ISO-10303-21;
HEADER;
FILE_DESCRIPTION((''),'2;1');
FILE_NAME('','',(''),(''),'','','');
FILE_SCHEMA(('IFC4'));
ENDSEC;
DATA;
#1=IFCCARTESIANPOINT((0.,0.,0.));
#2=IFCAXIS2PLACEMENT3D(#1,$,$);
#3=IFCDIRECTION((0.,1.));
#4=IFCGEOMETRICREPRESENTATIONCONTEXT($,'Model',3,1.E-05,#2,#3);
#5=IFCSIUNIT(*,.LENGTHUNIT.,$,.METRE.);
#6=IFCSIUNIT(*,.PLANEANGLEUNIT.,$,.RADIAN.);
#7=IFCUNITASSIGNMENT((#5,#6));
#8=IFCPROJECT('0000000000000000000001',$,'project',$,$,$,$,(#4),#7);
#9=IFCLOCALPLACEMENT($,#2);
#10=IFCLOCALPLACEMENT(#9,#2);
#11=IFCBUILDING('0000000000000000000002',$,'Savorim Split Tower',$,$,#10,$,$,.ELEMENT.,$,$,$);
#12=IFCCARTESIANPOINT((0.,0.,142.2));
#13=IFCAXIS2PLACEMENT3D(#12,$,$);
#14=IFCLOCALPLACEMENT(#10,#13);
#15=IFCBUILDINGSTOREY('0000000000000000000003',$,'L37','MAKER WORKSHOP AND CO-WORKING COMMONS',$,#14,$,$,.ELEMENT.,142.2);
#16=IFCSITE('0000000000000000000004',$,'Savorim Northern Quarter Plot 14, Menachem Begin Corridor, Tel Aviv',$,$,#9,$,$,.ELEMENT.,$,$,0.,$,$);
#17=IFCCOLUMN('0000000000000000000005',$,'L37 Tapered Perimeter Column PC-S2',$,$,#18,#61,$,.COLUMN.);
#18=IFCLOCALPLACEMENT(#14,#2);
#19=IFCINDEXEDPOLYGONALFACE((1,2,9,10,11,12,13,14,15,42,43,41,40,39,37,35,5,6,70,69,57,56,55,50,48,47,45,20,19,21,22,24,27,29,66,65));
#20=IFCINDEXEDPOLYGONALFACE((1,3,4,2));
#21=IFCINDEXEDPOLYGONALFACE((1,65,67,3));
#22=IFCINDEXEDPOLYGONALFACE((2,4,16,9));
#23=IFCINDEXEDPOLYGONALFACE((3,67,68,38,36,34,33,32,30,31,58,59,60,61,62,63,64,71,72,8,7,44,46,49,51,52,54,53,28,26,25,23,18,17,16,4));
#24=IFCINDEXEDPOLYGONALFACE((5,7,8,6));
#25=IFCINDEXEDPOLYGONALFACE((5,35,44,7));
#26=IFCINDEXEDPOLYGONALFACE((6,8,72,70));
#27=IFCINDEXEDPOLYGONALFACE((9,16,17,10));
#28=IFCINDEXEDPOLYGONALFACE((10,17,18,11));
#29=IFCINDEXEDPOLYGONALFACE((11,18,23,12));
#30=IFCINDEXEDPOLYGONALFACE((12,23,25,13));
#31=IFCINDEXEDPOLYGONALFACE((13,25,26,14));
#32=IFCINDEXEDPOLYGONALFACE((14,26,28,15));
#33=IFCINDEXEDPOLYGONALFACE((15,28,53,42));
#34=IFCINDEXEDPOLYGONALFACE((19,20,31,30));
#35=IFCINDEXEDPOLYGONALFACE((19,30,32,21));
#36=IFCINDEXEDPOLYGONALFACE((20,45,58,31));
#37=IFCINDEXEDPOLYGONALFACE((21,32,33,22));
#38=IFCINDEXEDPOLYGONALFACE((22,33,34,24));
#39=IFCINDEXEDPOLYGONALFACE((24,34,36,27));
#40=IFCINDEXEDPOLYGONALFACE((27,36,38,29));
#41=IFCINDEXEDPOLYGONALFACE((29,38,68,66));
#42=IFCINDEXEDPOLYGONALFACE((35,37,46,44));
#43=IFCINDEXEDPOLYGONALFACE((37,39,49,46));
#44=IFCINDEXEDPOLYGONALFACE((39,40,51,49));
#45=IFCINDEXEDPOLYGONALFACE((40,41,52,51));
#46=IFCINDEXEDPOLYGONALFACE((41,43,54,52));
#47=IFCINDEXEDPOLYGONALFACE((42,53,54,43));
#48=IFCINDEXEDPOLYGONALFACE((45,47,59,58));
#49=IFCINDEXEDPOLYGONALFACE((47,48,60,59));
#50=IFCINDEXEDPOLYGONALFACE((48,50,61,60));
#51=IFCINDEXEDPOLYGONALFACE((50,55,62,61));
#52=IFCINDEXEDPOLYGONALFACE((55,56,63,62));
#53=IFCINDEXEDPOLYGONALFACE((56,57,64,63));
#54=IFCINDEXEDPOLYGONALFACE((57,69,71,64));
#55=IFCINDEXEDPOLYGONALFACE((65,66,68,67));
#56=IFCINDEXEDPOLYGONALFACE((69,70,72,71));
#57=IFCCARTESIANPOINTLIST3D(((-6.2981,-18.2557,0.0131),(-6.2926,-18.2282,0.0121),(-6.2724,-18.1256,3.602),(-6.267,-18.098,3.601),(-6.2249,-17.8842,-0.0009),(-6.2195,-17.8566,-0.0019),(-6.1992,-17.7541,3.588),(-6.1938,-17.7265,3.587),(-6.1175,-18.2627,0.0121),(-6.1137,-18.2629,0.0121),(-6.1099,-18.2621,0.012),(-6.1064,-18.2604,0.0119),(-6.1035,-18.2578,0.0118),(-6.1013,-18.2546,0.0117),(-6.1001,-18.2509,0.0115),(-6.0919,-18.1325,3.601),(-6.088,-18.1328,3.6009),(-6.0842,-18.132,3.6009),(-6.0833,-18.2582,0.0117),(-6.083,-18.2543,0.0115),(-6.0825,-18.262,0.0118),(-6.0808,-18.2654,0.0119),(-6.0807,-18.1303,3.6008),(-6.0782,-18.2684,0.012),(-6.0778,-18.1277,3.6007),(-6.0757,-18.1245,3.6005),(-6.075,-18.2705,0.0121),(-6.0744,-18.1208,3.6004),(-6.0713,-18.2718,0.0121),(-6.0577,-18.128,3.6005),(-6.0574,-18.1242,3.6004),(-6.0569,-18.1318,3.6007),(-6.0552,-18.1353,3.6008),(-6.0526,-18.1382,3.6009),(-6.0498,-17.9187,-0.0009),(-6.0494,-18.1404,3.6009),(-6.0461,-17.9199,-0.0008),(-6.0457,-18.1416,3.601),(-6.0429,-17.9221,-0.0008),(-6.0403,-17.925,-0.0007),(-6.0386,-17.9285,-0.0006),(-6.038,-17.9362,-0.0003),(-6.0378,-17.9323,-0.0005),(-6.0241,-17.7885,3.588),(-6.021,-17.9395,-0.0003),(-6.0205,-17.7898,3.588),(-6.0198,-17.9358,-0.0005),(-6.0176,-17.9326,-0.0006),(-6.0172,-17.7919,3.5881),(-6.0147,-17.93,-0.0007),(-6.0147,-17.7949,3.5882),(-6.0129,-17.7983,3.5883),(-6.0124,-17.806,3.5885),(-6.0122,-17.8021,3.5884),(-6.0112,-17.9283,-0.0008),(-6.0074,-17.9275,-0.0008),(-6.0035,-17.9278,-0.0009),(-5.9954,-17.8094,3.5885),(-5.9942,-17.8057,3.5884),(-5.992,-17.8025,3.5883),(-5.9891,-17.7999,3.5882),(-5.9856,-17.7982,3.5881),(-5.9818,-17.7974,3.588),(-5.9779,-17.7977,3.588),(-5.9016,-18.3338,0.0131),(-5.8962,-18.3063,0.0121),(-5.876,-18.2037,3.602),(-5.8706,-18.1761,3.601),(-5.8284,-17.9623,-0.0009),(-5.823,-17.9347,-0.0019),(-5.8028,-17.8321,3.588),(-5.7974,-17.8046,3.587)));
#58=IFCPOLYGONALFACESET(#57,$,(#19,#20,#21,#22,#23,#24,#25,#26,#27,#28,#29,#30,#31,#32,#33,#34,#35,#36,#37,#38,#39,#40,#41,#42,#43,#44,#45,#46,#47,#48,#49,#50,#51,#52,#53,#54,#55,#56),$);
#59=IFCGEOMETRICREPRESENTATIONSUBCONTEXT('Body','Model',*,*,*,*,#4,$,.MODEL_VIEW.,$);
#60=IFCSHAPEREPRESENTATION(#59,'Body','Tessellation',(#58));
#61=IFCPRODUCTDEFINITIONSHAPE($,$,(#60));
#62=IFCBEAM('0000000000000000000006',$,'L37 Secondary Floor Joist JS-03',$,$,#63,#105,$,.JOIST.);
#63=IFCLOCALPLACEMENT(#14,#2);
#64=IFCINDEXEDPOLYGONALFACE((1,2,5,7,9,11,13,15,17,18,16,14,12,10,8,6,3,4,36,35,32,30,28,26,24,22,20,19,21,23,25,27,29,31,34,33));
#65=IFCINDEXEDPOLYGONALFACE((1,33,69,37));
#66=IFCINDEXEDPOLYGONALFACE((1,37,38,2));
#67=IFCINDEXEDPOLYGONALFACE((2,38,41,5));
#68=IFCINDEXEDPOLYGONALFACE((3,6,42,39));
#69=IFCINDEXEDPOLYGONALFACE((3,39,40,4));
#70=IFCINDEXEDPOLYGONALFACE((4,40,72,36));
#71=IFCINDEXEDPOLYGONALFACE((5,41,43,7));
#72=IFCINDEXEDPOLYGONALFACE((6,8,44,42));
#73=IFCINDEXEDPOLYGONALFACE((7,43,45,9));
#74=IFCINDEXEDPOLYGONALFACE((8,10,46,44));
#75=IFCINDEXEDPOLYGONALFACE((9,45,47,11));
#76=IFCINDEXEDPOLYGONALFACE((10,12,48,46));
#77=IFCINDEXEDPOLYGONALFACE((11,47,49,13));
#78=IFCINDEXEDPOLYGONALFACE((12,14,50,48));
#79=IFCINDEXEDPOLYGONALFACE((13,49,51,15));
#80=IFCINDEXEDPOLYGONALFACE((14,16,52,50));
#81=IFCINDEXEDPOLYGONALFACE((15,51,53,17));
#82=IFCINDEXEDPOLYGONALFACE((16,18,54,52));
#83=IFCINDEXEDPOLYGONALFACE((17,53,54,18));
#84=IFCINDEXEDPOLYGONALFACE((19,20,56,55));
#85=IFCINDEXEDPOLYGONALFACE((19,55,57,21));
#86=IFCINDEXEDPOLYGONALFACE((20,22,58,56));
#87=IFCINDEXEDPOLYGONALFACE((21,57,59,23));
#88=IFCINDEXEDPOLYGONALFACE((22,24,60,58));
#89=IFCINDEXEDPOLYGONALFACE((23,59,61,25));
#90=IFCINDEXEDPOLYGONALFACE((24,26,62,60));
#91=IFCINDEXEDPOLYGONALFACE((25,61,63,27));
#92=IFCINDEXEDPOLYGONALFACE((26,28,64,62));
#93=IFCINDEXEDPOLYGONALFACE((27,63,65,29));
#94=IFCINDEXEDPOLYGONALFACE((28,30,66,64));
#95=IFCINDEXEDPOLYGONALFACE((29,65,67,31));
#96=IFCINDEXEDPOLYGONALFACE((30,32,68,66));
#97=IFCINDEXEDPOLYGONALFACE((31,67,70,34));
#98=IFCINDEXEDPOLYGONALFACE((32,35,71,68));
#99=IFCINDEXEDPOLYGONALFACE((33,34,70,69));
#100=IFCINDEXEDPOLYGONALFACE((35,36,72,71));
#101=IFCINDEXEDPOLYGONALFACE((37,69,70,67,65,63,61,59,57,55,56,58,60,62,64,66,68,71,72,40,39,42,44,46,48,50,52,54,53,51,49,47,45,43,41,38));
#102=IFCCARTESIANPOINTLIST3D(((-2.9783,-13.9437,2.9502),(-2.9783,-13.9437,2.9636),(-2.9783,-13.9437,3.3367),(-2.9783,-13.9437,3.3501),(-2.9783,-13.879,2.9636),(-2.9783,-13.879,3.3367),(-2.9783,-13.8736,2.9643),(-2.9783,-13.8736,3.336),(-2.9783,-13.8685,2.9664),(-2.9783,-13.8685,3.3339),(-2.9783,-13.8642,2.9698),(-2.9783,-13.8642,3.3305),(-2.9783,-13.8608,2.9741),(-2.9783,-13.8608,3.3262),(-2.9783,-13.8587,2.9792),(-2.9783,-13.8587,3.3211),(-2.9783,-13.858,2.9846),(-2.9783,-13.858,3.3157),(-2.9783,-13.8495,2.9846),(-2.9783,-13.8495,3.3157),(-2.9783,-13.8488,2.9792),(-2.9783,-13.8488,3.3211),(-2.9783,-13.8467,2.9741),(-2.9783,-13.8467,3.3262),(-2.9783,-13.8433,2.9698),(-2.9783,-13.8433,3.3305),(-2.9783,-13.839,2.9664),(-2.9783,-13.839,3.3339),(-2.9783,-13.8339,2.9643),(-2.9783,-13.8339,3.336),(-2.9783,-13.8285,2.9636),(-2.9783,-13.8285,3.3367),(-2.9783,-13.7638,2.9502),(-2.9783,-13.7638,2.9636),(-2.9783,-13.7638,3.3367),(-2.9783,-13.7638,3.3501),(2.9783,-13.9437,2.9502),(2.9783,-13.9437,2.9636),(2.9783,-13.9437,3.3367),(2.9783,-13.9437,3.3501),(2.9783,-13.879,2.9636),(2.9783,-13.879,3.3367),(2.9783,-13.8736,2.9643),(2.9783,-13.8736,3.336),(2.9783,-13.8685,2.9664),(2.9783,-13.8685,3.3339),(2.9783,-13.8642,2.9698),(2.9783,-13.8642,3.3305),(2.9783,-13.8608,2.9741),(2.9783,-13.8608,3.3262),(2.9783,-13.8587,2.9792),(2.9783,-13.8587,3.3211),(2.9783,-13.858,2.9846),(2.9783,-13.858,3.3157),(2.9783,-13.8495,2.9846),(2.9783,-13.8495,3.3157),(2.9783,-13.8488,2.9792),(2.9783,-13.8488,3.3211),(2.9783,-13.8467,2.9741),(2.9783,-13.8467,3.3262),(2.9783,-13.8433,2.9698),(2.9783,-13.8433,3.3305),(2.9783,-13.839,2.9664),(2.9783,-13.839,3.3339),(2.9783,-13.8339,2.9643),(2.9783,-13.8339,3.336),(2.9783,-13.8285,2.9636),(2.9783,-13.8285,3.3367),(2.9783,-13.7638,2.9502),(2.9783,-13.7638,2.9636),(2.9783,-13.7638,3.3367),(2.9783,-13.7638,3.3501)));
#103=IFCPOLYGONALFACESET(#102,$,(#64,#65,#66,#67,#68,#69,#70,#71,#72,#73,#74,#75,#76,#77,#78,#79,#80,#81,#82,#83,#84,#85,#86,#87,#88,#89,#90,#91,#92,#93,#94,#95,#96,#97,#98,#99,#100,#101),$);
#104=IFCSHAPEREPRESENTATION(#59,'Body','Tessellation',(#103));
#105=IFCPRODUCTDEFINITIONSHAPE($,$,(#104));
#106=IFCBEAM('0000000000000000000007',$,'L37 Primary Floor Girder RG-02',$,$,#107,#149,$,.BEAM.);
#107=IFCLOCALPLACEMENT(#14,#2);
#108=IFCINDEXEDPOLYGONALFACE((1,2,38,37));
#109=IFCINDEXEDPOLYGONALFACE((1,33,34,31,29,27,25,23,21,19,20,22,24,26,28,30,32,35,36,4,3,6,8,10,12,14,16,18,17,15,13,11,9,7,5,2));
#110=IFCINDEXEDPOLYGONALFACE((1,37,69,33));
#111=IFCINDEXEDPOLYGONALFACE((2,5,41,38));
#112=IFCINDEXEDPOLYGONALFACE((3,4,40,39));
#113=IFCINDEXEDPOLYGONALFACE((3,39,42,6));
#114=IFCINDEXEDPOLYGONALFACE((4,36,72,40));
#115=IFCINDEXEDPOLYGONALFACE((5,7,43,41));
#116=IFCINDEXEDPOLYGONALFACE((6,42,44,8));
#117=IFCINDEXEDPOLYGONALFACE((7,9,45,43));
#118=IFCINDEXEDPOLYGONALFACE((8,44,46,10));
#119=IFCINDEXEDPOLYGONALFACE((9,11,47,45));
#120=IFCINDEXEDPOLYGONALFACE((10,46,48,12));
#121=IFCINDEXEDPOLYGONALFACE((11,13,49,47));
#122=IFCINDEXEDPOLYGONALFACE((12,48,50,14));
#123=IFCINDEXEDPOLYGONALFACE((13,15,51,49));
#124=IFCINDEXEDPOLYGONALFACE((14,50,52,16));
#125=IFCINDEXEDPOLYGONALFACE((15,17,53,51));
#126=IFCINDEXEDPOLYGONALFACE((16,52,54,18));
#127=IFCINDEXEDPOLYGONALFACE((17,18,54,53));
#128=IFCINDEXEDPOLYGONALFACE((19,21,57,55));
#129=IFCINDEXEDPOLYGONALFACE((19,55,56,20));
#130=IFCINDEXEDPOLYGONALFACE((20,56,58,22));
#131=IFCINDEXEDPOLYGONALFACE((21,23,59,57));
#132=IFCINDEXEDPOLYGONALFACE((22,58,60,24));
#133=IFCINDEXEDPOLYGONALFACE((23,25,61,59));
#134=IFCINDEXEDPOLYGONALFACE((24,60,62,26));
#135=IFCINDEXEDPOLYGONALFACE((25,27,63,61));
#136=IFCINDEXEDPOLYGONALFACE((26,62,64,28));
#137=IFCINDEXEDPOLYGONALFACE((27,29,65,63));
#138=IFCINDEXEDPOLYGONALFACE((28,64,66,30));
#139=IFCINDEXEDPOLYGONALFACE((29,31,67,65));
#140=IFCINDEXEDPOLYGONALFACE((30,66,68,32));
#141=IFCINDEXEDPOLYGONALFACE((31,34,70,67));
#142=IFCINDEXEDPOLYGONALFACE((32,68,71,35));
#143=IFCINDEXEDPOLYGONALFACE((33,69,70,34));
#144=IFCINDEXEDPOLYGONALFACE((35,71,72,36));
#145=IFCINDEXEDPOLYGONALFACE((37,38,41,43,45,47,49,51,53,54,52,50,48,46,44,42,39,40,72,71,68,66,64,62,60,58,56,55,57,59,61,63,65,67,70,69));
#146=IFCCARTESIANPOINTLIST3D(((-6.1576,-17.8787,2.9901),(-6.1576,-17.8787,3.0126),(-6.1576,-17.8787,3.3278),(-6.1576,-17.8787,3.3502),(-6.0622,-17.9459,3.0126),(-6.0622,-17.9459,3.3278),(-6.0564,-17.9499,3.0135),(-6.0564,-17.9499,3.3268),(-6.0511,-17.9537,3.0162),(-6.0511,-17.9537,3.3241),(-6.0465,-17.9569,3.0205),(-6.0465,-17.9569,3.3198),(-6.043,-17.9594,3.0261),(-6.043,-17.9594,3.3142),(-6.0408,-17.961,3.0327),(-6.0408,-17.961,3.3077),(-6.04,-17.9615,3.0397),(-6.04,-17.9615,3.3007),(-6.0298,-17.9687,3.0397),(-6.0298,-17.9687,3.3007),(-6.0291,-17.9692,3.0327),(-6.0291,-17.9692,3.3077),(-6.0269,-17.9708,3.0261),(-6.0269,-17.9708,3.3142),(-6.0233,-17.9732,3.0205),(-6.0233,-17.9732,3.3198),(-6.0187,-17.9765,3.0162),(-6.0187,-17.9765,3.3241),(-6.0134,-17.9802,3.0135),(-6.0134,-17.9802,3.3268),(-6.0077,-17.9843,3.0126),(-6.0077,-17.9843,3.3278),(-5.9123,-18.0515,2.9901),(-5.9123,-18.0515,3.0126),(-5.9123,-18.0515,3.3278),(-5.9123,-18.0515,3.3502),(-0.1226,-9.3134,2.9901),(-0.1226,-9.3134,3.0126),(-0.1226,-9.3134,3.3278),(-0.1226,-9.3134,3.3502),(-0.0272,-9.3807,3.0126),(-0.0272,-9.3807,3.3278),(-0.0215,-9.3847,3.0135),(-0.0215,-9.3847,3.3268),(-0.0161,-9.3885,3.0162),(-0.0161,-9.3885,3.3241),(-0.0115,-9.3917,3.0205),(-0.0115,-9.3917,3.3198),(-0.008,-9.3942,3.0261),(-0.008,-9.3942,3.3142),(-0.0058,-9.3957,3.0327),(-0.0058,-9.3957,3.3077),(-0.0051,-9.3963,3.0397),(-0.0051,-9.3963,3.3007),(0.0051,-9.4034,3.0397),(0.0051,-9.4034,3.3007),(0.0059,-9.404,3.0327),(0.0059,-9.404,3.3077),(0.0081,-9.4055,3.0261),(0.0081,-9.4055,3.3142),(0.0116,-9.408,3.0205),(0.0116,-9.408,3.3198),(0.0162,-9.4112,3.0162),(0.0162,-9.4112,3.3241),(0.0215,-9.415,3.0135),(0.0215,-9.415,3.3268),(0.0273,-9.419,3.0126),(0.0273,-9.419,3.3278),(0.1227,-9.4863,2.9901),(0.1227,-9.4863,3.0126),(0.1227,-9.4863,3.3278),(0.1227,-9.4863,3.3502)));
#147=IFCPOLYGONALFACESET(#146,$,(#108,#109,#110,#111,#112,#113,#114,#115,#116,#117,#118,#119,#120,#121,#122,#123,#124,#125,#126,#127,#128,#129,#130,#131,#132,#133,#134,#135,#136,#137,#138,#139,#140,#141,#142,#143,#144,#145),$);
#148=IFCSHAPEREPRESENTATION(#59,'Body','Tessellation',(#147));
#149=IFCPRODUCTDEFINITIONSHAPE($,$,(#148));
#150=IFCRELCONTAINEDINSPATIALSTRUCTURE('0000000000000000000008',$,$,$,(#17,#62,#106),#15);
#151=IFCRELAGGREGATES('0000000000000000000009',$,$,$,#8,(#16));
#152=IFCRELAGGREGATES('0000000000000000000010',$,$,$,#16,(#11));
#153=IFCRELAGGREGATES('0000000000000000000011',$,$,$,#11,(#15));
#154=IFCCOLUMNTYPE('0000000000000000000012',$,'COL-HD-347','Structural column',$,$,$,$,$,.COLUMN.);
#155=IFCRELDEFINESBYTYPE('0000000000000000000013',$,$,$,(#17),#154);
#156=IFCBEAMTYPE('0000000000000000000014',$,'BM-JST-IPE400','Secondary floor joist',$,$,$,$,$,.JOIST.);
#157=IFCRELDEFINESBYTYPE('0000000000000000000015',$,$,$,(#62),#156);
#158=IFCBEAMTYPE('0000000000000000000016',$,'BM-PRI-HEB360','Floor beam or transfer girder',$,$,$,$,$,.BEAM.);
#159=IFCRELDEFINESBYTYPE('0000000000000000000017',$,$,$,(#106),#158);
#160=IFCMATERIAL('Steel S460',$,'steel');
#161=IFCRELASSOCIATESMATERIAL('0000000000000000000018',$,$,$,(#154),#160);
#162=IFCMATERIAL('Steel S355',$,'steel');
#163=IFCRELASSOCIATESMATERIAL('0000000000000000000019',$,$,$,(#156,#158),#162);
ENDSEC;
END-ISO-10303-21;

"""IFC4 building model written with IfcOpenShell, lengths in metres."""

from ifc_helpers import new_model, si_unit, direction, frame, origin, origin_2d, place, context, subcontext, project, spatial, i_section, extrude, material, material_profile, profile_set, type_object, element, save


model = new_model("IFC4")

# Units and contexts
model_context = context("Model", 3, precision=1e-05, world=origin(), true_north=direction((0.0, 1.0)))
body_context = subcontext(model_context, "Body", "Model", "MODEL_VIEW")
ifc_project = project(units=[si_unit("LENGTHUNIT", "METRE"), si_unit("PLANEANGLEUNIT", "RADIAN")], contexts=[model_context])

# Site, building, storey
site_placement = place(None, origin())
site = spatial("IfcSite", under=ifc_project, at=site_placement, Name="Savorim Northern Quarter Plot 14, Menachem Begin Corridor, Tel Aviv", CompositionType="ELEMENT", RefElevation=0.0)
building_placement = place(site_placement, origin())
building = spatial("IfcBuilding", under=site, at=building_placement, Name="Savorim Split Tower", CompositionType="ELEMENT")
storey_placement = place(building_placement, frame((0.0, 0.0, 142.2)))
storey = spatial("IfcBuildingStorey", under=building, at=storey_placement, Name="L37", Description="MAKER WORKSHOP AND CO-WORKING COMMONS", CompositionType="ELEMENT", Elevation=142.2)

# Column
ifc_material_1 = material(Name="Steel S460", Category="steel")
ifc_material_profile_1 = material_profile(ifc_material_1, i_section(OverallWidth=0.4041, OverallDepth=0.407, WebThickness=0.0173, FlangeThickness=0.0281, FilletRadius=0.0149, at=origin_2d()), Name="HD 400x347")
ifc_profile_set_1 = profile_set([ifc_material_profile_1], Name="Steel S460")
column_type = type_object("IfcColumnType", Name="COL-HD-347", Description="Structural column", PredefinedType="COLUMN", material=ifc_profile_set_1)
column_placement = place(storey_placement, frame((-6.0605, -18.0952, 0.0056), z_axis=(0.007138, 0.036234, 0.999318), x_axis=(-0.981143, 0.193283, 0.0)))
element("IfcColumn", 1, at=column_placement, inside=storey, type_object=column_type, Name="L37 Tapered Perimeter Column PC-S2", PredefinedType="COLUMN", context=body_context, shape_type="SweptSolid", body=[
    extrude(i_section(OverallWidth=0.4041, OverallDepth=0.407, WebThickness=0.0173, FlangeThickness=0.0281, FilletRadius=0.0149, at=origin_2d()), origin(), (0.0, 0.0, 1.0), 3.5913),
])

# Beams
ifc_material_2 = material(Name="Steel S355", Category="steel")
ifc_material_profile_2 = material_profile(ifc_material_2, i_section(OverallWidth=0.1799, OverallDepth=0.3999, WebThickness=0.0085, FlangeThickness=0.0134, FilletRadius=0.021, at=origin_2d()), Name="IPE 400")
ifc_profile_set_2 = profile_set([ifc_material_profile_2], Name="Steel S355")
beam_type_1 = type_object("IfcBeamType", Name="BM-JST-IPE400", Description="Secondary floor joist", PredefinedType="JOIST", material=ifc_profile_set_2)
beam_1_placement = place(storey_placement, frame((-2.9783, -13.8538, 3.1501), z_axis=(1.0, 0.0, 0.0), x_axis=(0.0, 1.0, 0.0)))
element("IfcBeam", 2, at=beam_1_placement, inside=storey, type_object=beam_type_1, Name="L37 Secondary Floor Joist JS-03", PredefinedType="JOIST", context=body_context, shape_type="SweptSolid", body=[
    extrude(i_section(OverallWidth=0.1799, OverallDepth=0.3999, WebThickness=0.0085, FlangeThickness=0.0134, FilletRadius=0.021, at=origin_2d()), origin(), (0.0, 0.0, 1.0), 5.9565),
])
ifc_material_profile_3 = material_profile(ifc_material_2, i_section(OverallWidth=0.3, OverallDepth=0.3601, WebThickness=0.0125, FlangeThickness=0.0225, FilletRadius=0.0271, at=origin_2d()), Name="HEB 360")
ifc_profile_set_3 = profile_set([ifc_material_profile_3], Name="Steel S355")
beam_type_2 = type_object("IfcBeamType", Name="BM-PRI-HEB360", Description="Floor beam or transfer girder", PredefinedType="BEAM", material=ifc_profile_set_3)
beam_2_placement = place(storey_placement, frame((-6.0349, -17.9651, 3.1702), z_axis=(0.575976, 0.817467, 0.0), x_axis=(-0.817467, 0.575976, 0.0)))
element("IfcBeam", 3, at=beam_2_placement, inside=storey, type_object=beam_type_2, Name="L37 Primary Floor Girder RG-02", PredefinedType="BEAM", context=body_context, shape_type="SweptSolid", body=[
    extrude(i_section(OverallWidth=0.3, OverallDepth=0.3601, WebThickness=0.0125, FlangeThickness=0.0225, FilletRadius=0.0271, at=origin_2d()), origin(), (0.0, 0.0, 1.0), 10.4778),
])

save(model, "model.ifc")
